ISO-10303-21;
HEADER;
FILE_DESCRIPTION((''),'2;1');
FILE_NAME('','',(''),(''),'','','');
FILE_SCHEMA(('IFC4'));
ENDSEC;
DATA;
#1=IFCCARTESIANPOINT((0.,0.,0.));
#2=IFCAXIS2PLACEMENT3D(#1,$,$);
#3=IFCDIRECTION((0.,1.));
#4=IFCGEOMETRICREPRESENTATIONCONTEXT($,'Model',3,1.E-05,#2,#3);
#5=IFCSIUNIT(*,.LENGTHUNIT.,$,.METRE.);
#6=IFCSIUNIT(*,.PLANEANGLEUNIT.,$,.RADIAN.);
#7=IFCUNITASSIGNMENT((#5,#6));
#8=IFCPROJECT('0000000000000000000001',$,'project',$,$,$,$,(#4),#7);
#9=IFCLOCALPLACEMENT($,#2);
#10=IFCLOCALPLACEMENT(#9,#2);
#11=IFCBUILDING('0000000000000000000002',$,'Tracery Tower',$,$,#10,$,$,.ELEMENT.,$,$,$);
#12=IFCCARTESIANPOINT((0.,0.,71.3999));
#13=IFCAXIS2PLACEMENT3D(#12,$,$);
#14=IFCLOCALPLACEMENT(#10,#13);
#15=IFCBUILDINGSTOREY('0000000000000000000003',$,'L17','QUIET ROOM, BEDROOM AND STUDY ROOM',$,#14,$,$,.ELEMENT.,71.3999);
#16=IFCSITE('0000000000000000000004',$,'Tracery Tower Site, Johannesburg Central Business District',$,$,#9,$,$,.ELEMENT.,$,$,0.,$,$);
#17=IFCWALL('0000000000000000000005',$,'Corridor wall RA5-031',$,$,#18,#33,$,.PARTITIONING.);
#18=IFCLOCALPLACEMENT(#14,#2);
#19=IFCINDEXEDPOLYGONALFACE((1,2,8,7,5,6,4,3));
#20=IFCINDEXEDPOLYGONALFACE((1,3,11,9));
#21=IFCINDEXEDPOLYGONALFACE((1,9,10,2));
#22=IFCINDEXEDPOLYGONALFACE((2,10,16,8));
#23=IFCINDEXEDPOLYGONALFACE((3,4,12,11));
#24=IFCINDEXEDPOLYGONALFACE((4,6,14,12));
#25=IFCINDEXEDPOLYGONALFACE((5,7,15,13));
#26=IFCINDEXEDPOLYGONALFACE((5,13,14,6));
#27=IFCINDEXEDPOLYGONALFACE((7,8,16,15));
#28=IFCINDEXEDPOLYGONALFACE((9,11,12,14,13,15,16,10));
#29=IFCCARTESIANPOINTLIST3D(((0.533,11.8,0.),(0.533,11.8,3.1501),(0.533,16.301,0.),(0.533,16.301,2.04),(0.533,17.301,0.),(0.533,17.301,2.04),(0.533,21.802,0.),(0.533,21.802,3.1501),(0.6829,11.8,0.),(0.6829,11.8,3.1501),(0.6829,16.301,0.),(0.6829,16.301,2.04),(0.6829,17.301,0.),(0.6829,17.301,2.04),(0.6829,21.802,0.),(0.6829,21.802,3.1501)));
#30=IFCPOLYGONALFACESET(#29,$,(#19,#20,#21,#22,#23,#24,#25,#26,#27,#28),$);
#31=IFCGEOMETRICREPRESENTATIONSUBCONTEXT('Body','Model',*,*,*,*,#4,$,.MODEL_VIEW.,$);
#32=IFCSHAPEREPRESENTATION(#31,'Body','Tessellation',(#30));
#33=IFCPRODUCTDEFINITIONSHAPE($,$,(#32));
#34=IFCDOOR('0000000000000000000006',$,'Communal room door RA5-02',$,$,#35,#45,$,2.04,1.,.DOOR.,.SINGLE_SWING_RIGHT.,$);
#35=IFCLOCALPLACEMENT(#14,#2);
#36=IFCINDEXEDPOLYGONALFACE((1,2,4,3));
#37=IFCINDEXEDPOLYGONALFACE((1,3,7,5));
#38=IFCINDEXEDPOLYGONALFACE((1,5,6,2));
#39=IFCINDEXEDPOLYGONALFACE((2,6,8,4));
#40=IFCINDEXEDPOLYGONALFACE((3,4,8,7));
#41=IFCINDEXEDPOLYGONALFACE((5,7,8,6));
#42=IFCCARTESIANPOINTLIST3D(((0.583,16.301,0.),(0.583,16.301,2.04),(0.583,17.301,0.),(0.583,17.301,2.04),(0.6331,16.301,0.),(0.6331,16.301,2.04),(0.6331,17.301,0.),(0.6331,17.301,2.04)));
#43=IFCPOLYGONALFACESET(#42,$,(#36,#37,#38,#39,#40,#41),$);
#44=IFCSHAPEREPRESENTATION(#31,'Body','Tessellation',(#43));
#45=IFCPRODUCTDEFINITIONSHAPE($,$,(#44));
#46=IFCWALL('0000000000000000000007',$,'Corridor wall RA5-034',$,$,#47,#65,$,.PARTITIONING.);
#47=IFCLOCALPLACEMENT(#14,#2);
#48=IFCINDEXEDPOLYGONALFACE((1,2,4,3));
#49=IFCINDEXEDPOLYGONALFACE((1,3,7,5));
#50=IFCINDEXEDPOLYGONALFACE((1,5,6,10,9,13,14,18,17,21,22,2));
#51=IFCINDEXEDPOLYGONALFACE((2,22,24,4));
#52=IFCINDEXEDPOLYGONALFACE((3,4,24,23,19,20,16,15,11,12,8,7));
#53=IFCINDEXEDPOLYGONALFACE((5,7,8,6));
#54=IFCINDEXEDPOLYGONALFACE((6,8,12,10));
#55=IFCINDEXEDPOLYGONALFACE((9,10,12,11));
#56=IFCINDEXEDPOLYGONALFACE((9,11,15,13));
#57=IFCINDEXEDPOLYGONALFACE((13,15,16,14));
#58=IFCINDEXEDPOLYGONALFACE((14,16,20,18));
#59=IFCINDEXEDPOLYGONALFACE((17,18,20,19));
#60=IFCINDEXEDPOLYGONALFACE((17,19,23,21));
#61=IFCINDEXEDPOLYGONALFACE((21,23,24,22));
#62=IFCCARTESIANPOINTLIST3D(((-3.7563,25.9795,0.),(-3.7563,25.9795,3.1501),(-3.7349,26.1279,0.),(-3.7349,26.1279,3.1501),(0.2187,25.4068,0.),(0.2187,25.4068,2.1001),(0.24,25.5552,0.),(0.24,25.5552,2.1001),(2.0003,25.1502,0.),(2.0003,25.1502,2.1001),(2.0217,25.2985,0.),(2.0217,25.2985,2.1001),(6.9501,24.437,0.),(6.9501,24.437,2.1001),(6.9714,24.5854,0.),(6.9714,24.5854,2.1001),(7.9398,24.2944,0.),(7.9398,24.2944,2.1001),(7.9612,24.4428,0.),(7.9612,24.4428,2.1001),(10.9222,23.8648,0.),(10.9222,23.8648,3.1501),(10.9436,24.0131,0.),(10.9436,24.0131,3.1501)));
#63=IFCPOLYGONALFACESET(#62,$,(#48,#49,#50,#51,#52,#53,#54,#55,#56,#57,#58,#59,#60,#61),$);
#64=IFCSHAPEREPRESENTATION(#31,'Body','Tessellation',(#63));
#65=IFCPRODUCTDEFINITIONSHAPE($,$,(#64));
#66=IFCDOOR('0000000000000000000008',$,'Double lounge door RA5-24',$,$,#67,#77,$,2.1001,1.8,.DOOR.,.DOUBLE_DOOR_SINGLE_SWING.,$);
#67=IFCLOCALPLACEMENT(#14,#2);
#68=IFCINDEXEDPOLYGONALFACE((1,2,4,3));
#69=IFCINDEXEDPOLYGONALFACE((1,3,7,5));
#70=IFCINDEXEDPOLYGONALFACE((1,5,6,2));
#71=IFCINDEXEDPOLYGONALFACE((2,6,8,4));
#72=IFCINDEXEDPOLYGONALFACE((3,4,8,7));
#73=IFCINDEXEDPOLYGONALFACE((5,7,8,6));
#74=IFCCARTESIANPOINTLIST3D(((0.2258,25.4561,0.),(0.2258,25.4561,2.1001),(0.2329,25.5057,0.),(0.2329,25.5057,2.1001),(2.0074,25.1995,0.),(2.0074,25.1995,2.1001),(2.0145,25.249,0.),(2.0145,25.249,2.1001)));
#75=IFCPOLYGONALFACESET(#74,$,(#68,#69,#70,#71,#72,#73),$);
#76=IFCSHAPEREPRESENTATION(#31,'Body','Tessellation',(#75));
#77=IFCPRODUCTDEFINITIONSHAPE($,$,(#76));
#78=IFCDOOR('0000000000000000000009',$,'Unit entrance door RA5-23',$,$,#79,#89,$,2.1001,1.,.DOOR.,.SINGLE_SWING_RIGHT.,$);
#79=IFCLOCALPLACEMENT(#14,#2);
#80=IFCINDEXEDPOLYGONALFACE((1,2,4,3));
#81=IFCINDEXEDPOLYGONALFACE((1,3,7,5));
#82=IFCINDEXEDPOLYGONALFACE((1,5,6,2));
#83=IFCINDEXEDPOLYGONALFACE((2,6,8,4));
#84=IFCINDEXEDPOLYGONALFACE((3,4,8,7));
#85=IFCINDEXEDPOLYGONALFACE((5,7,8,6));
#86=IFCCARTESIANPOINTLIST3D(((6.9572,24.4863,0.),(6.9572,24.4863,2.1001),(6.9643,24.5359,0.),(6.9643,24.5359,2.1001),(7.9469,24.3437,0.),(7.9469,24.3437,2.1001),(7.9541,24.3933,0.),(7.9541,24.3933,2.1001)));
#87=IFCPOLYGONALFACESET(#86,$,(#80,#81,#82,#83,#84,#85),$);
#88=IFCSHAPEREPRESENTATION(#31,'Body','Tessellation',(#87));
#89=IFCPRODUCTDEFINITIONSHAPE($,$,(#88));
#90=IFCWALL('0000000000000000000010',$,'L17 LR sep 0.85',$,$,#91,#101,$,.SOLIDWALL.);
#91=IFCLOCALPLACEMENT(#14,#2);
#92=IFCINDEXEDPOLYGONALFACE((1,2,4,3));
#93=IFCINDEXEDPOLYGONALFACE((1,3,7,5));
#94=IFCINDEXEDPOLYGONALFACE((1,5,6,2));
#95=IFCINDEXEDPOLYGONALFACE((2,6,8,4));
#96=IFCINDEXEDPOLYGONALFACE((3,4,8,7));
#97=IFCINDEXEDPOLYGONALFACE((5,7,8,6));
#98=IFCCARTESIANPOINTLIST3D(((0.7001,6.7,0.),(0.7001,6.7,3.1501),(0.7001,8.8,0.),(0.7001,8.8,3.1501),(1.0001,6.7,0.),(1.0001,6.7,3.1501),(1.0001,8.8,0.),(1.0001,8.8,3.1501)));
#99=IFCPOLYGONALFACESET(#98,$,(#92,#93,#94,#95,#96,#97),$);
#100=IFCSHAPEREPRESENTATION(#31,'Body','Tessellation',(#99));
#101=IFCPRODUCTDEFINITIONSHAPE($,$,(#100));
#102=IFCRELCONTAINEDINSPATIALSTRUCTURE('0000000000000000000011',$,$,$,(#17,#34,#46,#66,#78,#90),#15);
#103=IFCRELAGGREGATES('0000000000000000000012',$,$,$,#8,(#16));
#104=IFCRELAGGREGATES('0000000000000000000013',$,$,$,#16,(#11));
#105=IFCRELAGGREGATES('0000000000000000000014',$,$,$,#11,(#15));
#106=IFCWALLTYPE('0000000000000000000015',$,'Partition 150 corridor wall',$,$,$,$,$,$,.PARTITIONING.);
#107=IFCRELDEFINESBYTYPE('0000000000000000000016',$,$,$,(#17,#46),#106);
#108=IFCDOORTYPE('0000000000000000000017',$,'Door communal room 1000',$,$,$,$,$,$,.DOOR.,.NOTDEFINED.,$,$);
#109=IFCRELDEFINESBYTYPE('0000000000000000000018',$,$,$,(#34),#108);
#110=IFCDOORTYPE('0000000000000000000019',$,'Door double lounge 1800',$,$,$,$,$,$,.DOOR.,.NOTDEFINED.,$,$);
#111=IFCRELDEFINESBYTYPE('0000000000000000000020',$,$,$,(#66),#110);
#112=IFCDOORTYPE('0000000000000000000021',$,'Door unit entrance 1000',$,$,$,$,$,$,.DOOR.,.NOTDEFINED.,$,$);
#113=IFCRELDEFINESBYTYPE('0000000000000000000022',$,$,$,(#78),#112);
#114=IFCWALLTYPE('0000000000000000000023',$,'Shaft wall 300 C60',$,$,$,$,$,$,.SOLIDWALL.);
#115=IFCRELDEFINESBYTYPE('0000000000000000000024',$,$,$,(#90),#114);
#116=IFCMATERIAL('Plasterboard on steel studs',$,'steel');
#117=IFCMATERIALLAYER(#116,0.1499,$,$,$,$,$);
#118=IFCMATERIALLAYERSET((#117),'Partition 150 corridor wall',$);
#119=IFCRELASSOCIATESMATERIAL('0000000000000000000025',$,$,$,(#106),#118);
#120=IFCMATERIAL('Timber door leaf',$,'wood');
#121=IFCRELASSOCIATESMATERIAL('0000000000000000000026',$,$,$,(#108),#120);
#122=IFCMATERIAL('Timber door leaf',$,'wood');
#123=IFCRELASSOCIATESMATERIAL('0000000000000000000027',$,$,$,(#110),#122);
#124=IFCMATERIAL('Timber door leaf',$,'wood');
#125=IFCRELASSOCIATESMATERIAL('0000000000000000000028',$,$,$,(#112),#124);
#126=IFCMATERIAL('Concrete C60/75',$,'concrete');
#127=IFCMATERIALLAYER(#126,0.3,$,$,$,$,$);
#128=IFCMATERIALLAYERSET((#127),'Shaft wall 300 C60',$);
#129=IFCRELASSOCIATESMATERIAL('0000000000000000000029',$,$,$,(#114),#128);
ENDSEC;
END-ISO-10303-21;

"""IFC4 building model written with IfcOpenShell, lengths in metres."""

from ifc_helpers import new_model, si_unit, direction, frame, frame_2d, origin, place, context, subcontext, project, spatial, rectangle, extrude, material, layer, layer_set, type_object, element, fill, save


model = new_model("IFC4")

# Units and contexts
model_context = context("Model", 3, precision=1e-05, world=origin(), true_north=direction((0.0, 1.0)))
body_context = subcontext(model_context, "Body", "Model", "MODEL_VIEW")
ifc_project = project(units=[si_unit("LENGTHUNIT", "METRE"), si_unit("PLANEANGLEUNIT", "RADIAN")], contexts=[model_context])

# Site, building, storey
site_placement = place(None, origin())
site = spatial("IfcSite", under=ifc_project, at=site_placement, Name="Tracery Tower Site, Johannesburg Central Business District", CompositionType="ELEMENT", RefElevation=0.0)
building_placement = place(site_placement, origin())
building = spatial("IfcBuilding", under=site, at=building_placement, Name="Tracery Tower", CompositionType="ELEMENT")
storey_placement = place(building_placement, frame((0.0, 0.0, 71.3999)))
storey = spatial("IfcBuildingStorey", under=building, at=storey_placement, Name="L17", Description="QUIET ROOM, BEDROOM AND STUDY ROOM", CompositionType="ELEMENT", Elevation=71.3999)

# Shared definitions
ifc_material_1 = material(Name="Plasterboard on steel studs", Category="steel")
ifc_layer_1 = layer(ifc_material_1, 0.1499)
ifc_layer_set_1 = layer_set([ifc_layer_1], Name="Partition 150 corridor wall")
wall_type_1 = type_object("IfcWallType", Name="Partition 150 corridor wall", PredefinedType="PARTITIONING", material=ifc_layer_set_1)

# Wall, opening, door
wall_1_placement = place(storey_placement, frame((0.6079, 11.8, 0.0), z_axis=(0.0, 0.0, 1.0), x_axis=(0.0, 1.0, 0.0)))
wall_1 = element("IfcWall", 1, at=wall_1_placement, inside=storey, type_object=wall_type_1, Name="Corridor wall RA5-031", PredefinedType="PARTITIONING", context=body_context, shape_type="SweptSolid", body=[
    extrude(rectangle(XDim=10.002, YDim=0.1499, at=frame_2d((5.001, 0.0))), origin(), (0.0, 0.0, 1.0), 3.1501),
])
opening_1_placement = place(wall_1_placement, frame((4.501, 0.0, 0.0)))
opening_1 = element("IfcOpeningElement", 2, at=opening_1_placement, cuts=wall_1, PredefinedType="OPENING", context=body_context, shape_type="SweptSolid", body=[
    extrude(rectangle(XDim=1.0, YDim=2.04, at=frame_2d((0.5, 1.02))), frame((0.0, 0.075, 0.0), z_axis=(0.0, -1.0, 0.0), x_axis=(1.0, 0.0, 0.0)), (0.0, 0.0, 1.0), 0.1499),
])
ifc_material_2 = material(Name="Timber door leaf", Category="wood")
door_type_1 = type_object("IfcDoorType", Name="Door communal room 1000", OperationType="NOTDEFINED", PredefinedType="DOOR", material=ifc_material_2)
door_1_placement = place(opening_1_placement, origin())
door_1 = element("IfcDoor", 3, at=door_1_placement, inside=storey, type_object=door_type_1, Name="Communal room door RA5-02", OperationType="SINGLE_SWING_RIGHT", OverallHeight=2.04, OverallWidth=1.0, PredefinedType="DOOR", context=body_context, shape_type="SweptSolid", body=[
    extrude(rectangle(XDim=1.0, YDim=2.04, at=frame_2d((0.5, 1.02))), frame((0.0, 0.0249, 0.0), z_axis=(0.0, -1.0, 0.0), x_axis=(1.0, 0.0, 0.0)), (0.0, 0.0, 1.0), 0.05),
])
fill(opening_1, door_1)

# Wall, openings, doors
wall_2_placement = place(storey_placement, frame((-3.7456, 26.0537, 0.0), z_axis=(0.0, 0.0, 1.0), x_axis=(0.989781, -0.142599, 0.0)))
wall_2 = element("IfcWall", 4, at=wall_2_placement, inside=storey, type_object=wall_type_1, Name="Corridor wall RA5-034", PredefinedType="PARTITIONING", context=body_context, shape_type="SweptSolid", body=[
    extrude(rectangle(XDim=14.8301, YDim=0.1499, at=frame_2d((7.415, 0.0))), origin(), (0.0, 0.0, 1.0), 3.1501),
])
opening_2_placement = place(wall_2_placement, frame((10.8169, 0.0, 0.0)))
opening_2 = element("IfcOpeningElement", 5, at=opening_2_placement, cuts=wall_2, PredefinedType="OPENING", context=body_context, shape_type="SweptSolid", body=[
    extrude(rectangle(XDim=1.0, YDim=2.1001, at=frame_2d((0.5, 1.05))), frame((0.0, 0.075, 0.0), z_axis=(0.0, -1.0, 0.0), x_axis=(1.0, 0.0, 0.0)), (0.0, 0.0, 1.0), 0.1499),
])
opening_3_placement = place(wall_2_placement, frame((4.0161, 0.0, 0.0)))
opening_3 = element("IfcOpeningElement", 6, at=opening_3_placement, cuts=wall_2, PredefinedType="OPENING", context=body_context, shape_type="SweptSolid", body=[
    extrude(rectangle(XDim=1.8, YDim=2.1001, at=frame_2d((0.8999, 1.05))), frame((0.0, 0.075, 0.0), z_axis=(0.0, -1.0, 0.0), x_axis=(1.0, 0.0, 0.0)), (0.0, 0.0, 1.0), 0.1499),
])
ifc_material_3 = material(Name="Timber door leaf", Category="wood")
door_type_2 = type_object("IfcDoorType", Name="Door double lounge 1800", OperationType="NOTDEFINED", PredefinedType="DOOR", material=ifc_material_3)
door_2_placement = place(opening_3_placement, origin())
door_2 = element("IfcDoor", 7, at=door_2_placement, inside=storey, type_object=door_type_2, Name="Double lounge door RA5-24", OperationType="DOUBLE_DOOR_SINGLE_SWING", OverallHeight=2.1001, OverallWidth=1.8, PredefinedType="DOOR", context=body_context, shape_type="SweptSolid", body=[
    extrude(rectangle(XDim=1.8, YDim=2.1001, at=frame_2d((0.8999, 1.05))), frame((0.0, 0.0249, 0.0), z_axis=(0.0, -1.0, 0.0), x_axis=(1.0, 0.0, 0.0)), (0.0, 0.0, 1.0), 0.05),
])
fill(opening_3, door_2)
ifc_material_4 = material(Name="Timber door leaf", Category="wood")
door_type_3 = type_object("IfcDoorType", Name="Door unit entrance 1000", OperationType="NOTDEFINED", PredefinedType="DOOR", material=ifc_material_4)
door_3_placement = place(opening_2_placement, origin())
door_3 = element("IfcDoor", 8, at=door_3_placement, inside=storey, type_object=door_type_3, Name="Unit entrance door RA5-23", OperationType="SINGLE_SWING_RIGHT", OverallHeight=2.1001, OverallWidth=1.0, PredefinedType="DOOR", context=body_context, shape_type="SweptSolid", body=[
    extrude(rectangle(XDim=1.0, YDim=2.1001, at=frame_2d((0.5, 1.05))), frame((0.0, 0.0249, 0.0), z_axis=(0.0, -1.0, 0.0), x_axis=(1.0, 0.0, 0.0)), (0.0, 0.0, 1.0), 0.05),
])
fill(opening_2, door_3)

# Wall
ifc_material_5 = material(Name="Concrete C60/75", Category="concrete")
ifc_layer_2 = layer(ifc_material_5, 0.3)
ifc_layer_set_2 = layer_set([ifc_layer_2], Name="Shaft wall 300 C60")
wall_type_2 = type_object("IfcWallType", Name="Shaft wall 300 C60", PredefinedType="SOLIDWALL", material=ifc_layer_set_2)
wall_3_placement = place(storey_placement, frame((0.8501, 6.7, 0.0), z_axis=(0.0, 0.0, 1.0), x_axis=(0.0, 1.0, 0.0)))
element("IfcWall", 9, at=wall_3_placement, inside=storey, type_object=wall_type_2, Name="L17 LR sep 0.85", PredefinedType="SOLIDWALL", context=body_context, shape_type="SweptSolid", body=[
    extrude(rectangle(XDim=2.1001, YDim=0.3, at=frame_2d((1.05, 0.0))), origin(), (0.0, 0.0, 1.0), 3.1501),
])

save(model, "model.ifc")
